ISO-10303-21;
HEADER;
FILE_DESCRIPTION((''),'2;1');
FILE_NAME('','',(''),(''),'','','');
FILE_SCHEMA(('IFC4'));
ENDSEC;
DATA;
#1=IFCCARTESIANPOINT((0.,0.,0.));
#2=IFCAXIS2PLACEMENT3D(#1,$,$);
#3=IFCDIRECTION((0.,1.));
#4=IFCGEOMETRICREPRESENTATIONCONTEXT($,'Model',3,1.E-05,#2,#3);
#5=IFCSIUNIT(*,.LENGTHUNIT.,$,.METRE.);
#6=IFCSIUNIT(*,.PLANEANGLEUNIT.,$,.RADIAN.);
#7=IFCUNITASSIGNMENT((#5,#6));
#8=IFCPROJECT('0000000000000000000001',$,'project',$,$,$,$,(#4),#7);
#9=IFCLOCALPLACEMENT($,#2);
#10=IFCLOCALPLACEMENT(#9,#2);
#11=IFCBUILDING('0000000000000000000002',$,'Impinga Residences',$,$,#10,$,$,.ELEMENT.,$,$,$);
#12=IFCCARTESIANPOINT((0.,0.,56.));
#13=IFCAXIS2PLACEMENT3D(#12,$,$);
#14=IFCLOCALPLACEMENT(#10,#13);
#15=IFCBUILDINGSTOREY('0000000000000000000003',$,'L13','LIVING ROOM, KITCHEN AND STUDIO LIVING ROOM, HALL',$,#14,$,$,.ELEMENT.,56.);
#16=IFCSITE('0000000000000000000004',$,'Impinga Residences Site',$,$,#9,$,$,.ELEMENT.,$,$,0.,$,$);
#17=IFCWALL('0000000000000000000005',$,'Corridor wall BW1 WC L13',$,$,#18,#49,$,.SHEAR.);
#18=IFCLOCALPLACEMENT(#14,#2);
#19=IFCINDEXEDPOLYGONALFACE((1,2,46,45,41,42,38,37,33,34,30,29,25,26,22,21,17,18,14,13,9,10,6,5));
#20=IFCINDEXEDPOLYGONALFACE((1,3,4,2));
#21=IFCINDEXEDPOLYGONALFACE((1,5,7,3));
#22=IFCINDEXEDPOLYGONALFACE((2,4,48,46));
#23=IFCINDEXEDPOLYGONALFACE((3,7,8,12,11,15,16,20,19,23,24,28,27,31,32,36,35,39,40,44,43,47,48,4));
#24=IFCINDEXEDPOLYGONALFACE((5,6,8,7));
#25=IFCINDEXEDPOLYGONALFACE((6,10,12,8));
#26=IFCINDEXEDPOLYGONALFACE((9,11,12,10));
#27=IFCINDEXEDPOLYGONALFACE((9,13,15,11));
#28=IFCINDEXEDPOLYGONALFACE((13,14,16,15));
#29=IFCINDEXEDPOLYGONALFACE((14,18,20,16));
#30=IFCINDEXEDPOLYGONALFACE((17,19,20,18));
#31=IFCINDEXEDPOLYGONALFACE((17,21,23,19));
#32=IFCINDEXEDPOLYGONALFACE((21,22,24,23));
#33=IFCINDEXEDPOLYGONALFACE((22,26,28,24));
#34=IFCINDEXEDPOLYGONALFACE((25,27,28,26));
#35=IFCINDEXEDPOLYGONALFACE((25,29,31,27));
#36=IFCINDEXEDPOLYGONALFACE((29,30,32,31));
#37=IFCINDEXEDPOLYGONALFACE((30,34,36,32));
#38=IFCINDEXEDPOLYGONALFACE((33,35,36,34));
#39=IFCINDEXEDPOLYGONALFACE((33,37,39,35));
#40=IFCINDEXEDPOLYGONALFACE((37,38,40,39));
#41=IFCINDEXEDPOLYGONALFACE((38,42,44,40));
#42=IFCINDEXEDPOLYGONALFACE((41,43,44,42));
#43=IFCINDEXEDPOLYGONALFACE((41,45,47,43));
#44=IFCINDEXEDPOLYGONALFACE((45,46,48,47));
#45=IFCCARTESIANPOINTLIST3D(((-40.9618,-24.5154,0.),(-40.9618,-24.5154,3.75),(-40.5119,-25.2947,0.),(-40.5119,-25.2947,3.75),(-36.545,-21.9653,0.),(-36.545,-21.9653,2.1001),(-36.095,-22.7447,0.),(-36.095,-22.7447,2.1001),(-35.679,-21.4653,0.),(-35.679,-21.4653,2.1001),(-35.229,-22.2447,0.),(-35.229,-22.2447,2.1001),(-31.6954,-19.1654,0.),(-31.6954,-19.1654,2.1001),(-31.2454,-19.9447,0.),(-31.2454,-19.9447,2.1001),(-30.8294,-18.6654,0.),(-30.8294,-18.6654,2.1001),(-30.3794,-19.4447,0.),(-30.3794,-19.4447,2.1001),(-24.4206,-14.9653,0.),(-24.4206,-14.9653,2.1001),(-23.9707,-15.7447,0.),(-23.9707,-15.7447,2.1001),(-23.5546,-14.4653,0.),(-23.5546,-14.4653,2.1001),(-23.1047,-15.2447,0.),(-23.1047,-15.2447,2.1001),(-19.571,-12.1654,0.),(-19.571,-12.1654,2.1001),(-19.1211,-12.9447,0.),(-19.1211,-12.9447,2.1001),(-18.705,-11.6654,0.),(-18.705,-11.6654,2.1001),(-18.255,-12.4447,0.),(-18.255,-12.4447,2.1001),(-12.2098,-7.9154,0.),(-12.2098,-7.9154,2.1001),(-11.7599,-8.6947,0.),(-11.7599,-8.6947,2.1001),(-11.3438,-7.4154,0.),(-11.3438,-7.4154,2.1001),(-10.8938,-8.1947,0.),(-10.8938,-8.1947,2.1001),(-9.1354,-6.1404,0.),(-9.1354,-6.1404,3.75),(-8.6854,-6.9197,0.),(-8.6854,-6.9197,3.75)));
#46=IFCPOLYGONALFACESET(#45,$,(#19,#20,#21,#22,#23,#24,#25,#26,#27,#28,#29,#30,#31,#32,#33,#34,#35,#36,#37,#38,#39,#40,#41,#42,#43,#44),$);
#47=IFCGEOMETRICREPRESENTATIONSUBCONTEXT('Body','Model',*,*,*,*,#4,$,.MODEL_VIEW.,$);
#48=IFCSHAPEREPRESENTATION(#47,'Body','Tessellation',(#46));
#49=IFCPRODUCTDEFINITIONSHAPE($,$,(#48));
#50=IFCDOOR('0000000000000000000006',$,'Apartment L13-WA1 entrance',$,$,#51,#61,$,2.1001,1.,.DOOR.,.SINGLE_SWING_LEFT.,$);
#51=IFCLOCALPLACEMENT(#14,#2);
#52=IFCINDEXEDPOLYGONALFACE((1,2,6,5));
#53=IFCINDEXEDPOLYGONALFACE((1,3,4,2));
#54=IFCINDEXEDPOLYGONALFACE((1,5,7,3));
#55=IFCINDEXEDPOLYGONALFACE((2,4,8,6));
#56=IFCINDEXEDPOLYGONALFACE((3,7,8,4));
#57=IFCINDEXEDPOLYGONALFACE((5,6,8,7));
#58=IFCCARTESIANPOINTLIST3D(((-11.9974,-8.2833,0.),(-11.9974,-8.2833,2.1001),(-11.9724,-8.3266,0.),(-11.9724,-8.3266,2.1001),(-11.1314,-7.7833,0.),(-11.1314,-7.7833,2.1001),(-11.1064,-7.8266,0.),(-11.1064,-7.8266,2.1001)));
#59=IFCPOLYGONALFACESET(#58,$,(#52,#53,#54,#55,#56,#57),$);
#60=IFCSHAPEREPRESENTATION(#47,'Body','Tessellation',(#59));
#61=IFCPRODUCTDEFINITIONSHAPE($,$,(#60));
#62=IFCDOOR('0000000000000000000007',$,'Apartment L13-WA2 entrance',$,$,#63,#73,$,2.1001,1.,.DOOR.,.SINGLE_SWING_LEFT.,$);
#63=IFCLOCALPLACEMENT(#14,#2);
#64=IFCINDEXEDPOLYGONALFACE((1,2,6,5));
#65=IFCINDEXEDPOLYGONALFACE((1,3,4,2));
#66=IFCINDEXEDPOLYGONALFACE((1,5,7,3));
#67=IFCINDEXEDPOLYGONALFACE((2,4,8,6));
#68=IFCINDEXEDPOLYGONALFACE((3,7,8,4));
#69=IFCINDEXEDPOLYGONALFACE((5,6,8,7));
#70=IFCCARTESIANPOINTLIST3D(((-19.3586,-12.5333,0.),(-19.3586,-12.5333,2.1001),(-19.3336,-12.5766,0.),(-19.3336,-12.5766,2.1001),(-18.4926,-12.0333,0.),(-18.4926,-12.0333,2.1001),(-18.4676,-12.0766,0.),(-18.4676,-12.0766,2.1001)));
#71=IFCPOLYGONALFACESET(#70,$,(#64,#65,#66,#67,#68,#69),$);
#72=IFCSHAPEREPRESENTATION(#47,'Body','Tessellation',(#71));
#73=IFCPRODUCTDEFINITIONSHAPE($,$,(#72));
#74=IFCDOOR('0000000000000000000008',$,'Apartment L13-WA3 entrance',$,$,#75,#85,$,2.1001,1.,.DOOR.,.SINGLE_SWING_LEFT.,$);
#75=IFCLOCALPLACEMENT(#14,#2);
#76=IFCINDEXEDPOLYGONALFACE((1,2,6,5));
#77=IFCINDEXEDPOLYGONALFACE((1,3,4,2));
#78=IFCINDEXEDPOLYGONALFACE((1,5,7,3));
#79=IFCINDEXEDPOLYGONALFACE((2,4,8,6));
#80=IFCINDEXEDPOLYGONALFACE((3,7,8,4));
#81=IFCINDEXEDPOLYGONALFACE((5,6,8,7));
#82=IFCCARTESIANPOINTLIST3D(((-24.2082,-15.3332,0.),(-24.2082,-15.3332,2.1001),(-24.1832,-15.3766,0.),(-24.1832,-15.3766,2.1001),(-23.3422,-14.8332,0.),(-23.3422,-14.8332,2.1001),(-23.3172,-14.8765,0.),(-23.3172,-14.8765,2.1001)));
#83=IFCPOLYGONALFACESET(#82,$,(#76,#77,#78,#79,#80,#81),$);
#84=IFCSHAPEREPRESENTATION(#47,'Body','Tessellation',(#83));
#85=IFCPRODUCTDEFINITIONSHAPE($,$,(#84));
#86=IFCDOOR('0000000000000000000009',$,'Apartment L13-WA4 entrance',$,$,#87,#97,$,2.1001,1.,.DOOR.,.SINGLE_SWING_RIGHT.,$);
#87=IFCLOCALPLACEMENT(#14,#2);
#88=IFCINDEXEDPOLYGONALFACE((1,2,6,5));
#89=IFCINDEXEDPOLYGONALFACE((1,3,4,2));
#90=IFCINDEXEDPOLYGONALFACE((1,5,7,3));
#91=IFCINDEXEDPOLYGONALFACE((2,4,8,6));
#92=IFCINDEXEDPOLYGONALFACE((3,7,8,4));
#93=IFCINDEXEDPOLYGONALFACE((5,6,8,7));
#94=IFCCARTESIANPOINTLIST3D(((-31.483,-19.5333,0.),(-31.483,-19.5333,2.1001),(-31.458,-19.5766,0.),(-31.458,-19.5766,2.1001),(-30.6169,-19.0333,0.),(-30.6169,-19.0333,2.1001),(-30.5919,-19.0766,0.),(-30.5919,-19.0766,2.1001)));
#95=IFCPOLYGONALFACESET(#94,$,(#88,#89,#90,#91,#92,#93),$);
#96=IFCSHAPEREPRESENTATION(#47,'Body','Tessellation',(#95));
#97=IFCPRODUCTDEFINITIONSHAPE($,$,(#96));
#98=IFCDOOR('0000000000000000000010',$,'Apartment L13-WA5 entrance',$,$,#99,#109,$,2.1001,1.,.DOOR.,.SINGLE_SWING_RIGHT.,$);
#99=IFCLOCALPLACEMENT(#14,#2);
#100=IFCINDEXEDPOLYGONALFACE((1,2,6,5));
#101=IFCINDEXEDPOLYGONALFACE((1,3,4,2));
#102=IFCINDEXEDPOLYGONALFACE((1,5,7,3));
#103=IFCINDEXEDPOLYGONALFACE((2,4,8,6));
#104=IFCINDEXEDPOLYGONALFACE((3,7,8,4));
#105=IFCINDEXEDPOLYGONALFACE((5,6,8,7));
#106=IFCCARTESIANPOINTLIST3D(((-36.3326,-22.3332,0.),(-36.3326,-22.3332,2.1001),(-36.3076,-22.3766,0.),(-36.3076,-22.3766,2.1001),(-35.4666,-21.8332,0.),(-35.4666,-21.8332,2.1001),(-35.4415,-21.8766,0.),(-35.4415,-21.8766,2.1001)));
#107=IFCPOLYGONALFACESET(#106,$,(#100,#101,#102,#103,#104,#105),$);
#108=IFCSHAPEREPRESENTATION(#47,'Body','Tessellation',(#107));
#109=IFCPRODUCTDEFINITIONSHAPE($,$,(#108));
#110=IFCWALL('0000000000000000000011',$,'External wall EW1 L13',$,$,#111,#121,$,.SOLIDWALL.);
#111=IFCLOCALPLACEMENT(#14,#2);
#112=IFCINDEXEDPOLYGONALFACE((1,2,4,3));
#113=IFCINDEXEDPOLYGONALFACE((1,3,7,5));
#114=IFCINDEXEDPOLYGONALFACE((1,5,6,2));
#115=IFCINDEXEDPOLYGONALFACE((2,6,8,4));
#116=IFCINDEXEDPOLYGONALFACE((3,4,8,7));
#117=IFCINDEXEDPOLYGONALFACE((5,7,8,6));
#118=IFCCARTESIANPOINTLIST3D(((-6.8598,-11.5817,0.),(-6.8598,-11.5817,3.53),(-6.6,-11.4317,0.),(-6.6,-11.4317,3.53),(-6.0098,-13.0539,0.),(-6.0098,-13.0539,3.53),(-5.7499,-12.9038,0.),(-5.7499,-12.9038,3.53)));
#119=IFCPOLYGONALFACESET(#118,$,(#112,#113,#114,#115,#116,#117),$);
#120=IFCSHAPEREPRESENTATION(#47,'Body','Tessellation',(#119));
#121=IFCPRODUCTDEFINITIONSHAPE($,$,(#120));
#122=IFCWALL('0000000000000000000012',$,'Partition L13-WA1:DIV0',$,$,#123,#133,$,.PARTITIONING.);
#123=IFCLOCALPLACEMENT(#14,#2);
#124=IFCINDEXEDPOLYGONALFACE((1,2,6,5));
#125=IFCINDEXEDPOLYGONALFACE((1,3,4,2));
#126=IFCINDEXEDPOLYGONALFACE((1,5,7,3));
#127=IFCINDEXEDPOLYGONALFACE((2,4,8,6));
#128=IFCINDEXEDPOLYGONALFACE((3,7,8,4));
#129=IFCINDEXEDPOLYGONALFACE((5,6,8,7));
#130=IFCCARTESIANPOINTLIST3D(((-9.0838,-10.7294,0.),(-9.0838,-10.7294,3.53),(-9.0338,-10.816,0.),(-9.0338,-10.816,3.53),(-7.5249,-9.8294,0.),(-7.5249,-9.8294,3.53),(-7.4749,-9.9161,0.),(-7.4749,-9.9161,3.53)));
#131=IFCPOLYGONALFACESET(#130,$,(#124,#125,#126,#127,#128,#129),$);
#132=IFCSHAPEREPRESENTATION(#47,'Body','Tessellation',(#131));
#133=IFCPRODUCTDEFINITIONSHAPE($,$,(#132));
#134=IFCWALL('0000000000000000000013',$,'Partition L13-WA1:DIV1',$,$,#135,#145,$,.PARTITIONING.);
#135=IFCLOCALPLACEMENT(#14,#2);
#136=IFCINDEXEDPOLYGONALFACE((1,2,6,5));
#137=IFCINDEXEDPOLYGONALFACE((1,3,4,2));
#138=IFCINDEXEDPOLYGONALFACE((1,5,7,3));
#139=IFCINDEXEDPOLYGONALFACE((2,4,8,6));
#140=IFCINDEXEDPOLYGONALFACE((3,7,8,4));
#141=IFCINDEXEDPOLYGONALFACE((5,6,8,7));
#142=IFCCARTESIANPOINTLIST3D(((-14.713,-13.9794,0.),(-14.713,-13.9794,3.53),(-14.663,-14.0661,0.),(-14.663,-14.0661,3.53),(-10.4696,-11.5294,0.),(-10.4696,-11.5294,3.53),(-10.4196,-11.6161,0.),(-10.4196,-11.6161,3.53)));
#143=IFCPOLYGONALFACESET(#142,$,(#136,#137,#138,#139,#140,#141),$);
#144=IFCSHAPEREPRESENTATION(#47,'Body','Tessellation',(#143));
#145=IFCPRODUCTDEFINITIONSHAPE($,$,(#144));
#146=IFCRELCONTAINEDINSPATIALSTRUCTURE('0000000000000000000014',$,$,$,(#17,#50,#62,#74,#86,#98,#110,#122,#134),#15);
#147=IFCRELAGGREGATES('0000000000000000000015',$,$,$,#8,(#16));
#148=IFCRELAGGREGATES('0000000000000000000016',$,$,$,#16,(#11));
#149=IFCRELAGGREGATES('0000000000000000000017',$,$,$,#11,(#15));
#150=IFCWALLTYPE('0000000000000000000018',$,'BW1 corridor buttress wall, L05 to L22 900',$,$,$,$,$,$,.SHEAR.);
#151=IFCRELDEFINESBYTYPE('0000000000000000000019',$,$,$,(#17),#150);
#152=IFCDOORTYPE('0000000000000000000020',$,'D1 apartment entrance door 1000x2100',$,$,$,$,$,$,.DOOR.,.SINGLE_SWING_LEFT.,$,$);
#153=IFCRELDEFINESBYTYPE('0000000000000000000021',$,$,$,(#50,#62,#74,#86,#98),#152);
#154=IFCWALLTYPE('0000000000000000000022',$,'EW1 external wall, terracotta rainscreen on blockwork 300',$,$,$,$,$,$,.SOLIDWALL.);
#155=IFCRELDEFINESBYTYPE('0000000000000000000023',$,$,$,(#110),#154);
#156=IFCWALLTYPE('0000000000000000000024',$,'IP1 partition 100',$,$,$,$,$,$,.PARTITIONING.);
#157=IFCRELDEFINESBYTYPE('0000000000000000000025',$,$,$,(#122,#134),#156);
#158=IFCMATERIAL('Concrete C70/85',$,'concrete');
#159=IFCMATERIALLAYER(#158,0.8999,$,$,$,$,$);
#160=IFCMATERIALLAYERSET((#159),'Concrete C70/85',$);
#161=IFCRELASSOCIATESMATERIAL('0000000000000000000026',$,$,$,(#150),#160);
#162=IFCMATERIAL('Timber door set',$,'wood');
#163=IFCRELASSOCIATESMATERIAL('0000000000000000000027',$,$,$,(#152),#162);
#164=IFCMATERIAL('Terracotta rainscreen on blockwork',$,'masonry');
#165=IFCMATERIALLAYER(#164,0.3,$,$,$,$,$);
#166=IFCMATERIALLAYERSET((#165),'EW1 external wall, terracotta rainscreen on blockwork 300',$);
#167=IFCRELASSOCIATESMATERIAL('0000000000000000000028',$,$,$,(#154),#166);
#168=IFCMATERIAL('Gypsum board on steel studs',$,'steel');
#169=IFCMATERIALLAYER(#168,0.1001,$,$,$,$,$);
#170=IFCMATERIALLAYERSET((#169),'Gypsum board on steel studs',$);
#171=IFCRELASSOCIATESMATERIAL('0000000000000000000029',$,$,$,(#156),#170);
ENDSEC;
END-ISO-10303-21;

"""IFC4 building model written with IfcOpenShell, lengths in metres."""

from ifc_helpers import new_model, si_unit, direction, frame, frame_2d, origin, place, context, subcontext, project, spatial, rectangle, extrude, material, layer, layer_set, type_object, element, fill, save


model = new_model("IFC4")

# Units and contexts
model_context = context("Model", 3, precision=1e-05, world=origin(), true_north=direction((0.0, 1.0)))
body_context = subcontext(model_context, "Body", "Model", "MODEL_VIEW")
ifc_project = project(units=[si_unit("LENGTHUNIT", "METRE"), si_unit("PLANEANGLEUNIT", "RADIAN")], contexts=[model_context])

# Site, building, storey
site_placement = place(None, origin())
site = spatial("IfcSite", under=ifc_project, at=site_placement, Name="Impinga Residences Site", CompositionType="ELEMENT", RefElevation=0.0)
building_placement = place(site_placement, origin())
building = spatial("IfcBuilding", under=site, at=building_placement, Name="Impinga Residences", CompositionType="ELEMENT")
storey_placement = place(building_placement, frame((0.0, 0.0, 56.0)))
storey = spatial("IfcBuildingStorey", under=building, at=storey_placement, Name="L13", Description="LIVING ROOM, KITCHEN AND STUDIO LIVING ROOM, HALL", CompositionType="ELEMENT", Elevation=56.0)

# Wall, openings, doors
ifc_material_1 = material(Name="Concrete C70/85", Category="concrete")
ifc_layer_1 = layer(ifc_material_1, 0.8999)
ifc_layer_set_1 = layer_set([ifc_layer_1], Name="Concrete C70/85")
wall_type_1 = type_object("IfcWallType", Name="BW1 corridor buttress wall, L05 to L22 900", PredefinedType="SHEAR", material=ifc_layer_set_1)
wall_1_placement = place(storey_placement, frame((-8.9104, -6.53, 0.0), z_axis=(0.0, 0.0, 1.0), x_axis=(-0.866025, -0.5, 0.0)))
wall_1 = element("IfcWall", 1, at=wall_1_placement, inside=storey, type_object=wall_type_1, Name="Corridor wall BW1 WC L13", PredefinedType="SHEAR", context=body_context, shape_type="SweptSolid", body=[
    extrude(rectangle(XDim=36.75, YDim=0.8999, at=frame_2d((18.375, 0.0))), origin(), (0.0, 0.0, 1.0), 3.75),
])
opening_1_placement = place(wall_1_placement, frame((2.55, 0.0, 0.0)))
opening_1 = element("IfcOpeningElement", 2, at=opening_1_placement, cuts=wall_1, PredefinedType="OPENING", context=body_context, shape_type="SweptSolid", body=[
    extrude(rectangle(XDim=1.0, YDim=2.1001, at=frame_2d((0.5, 1.05))), frame((0.0, 0.46, 0.0), z_axis=(0.0, -1.0, 0.0), x_axis=(1.0, 0.0, 0.0)), (0.0, 0.0, 1.0), 0.9199),
])
opening_2_placement = place(wall_1_placement, frame((11.05, 0.0, 0.0)))
opening_2 = element("IfcOpeningElement", 3, at=opening_2_placement, cuts=wall_1, PredefinedType="OPENING", context=body_context, shape_type="SweptSolid", body=[
    extrude(rectangle(XDim=1.0, YDim=2.1001, at=frame_2d((0.5, 1.05))), frame((0.0, 0.46, 0.0), z_axis=(0.0, -1.0, 0.0), x_axis=(1.0, 0.0, 0.0)), (0.0, 0.0, 1.0), 0.9199),
])
opening_3_placement = place(wall_1_placement, frame((16.6499, 0.0, 0.0)))
opening_3 = element("IfcOpeningElement", 4, at=opening_3_placement, cuts=wall_1, PredefinedType="OPENING", context=body_context, shape_type="SweptSolid", body=[
    extrude(rectangle(XDim=1.0, YDim=2.1001, at=frame_2d((0.5, 1.05))), frame((0.0, 0.46, 0.0), z_axis=(0.0, -1.0, 0.0), x_axis=(1.0, 0.0, 0.0)), (0.0, 0.0, 1.0), 0.9199),
])
opening_4_placement = place(wall_1_placement, frame((25.05, 0.0, 0.0)))
opening_4 = element("IfcOpeningElement", 5, at=opening_4_placement, cuts=wall_1, PredefinedType="OPENING", context=body_context, shape_type="SweptSolid", body=[
    extrude(rectangle(XDim=1.0, YDim=2.1001, at=frame_2d((0.5, 1.05))), frame((0.0, 0.46, 0.0), z_axis=(0.0, -1.0, 0.0), x_axis=(1.0, 0.0, 0.0)), (0.0, 0.0, 1.0), 0.9199),
])
opening_5_placement = place(wall_1_placement, frame((30.6499, 0.0, 0.0)))
opening_5 = element("IfcOpeningElement", 6, at=opening_5_placement, cuts=wall_1, PredefinedType="OPENING", context=body_context, shape_type="SweptSolid", body=[
    extrude(rectangle(XDim=1.0, YDim=2.1001, at=frame_2d((0.5, 1.05))), frame((0.0, 0.46, 0.0), z_axis=(0.0, -1.0, 0.0), x_axis=(1.0, 0.0, 0.0)), (0.0, 0.0, 1.0), 0.9199),
])
ifc_material_2 = material(Name="Timber door set", Category="wood")
door_type_1 = type_object("IfcDoorType", Name="D1 apartment entrance door 1000x2100", OperationType="SINGLE_SWING_LEFT", PredefinedType="DOOR", material=ifc_material_2)
door_1_placement = place(opening_1_placement, origin())
door_1 = element("IfcDoor", 7, at=door_1_placement, inside=storey, type_object=door_type_1, Name="Apartment L13-WA1 entrance", OperationType="SINGLE_SWING_LEFT", OverallHeight=2.1001, OverallWidth=1.0, PredefinedType="DOOR", context=body_context, shape_type="SweptSolid", body=[
    extrude(rectangle(XDim=1.0, YDim=2.1001, at=frame_2d((0.5, 1.05))), frame((0.0, 0.0249, 0.0), z_axis=(0.0, -1.0, 0.0), x_axis=(1.0, 0.0, 0.0)), (0.0, 0.0, 1.0), 0.05),
])
fill(opening_1, door_1)
door_2_placement = place(opening_2_placement, origin())
door_2 = element("IfcDoor", 8, at=door_2_placement, inside=storey, type_object=door_type_1, Name="Apartment L13-WA2 entrance", OperationType="SINGLE_SWING_LEFT", OverallHeight=2.1001, OverallWidth=1.0, PredefinedType="DOOR", context=body_context, shape_type="SweptSolid", body=[
    extrude(rectangle(XDim=1.0, YDim=2.1001, at=frame_2d((0.5, 1.05))), frame((0.0, 0.0249, 0.0), z_axis=(0.0, -1.0, 0.0), x_axis=(1.0, 0.0, 0.0)), (0.0, 0.0, 1.0), 0.05),
])
fill(opening_2, door_2)
door_3_placement = place(opening_3_placement, origin())
door_3 = element("IfcDoor", 9, at=door_3_placement, inside=storey, type_object=door_type_1, Name="Apartment L13-WA3 entrance", OperationType="SINGLE_SWING_LEFT", OverallHeight=2.1001, OverallWidth=1.0, PredefinedType="DOOR", context=body_context, shape_type="SweptSolid", body=[
    extrude(rectangle(XDim=1.0, YDim=2.1001, at=frame_2d((0.5, 1.05))), frame((0.0, 0.0249, 0.0), z_axis=(0.0, -1.0, 0.0), x_axis=(1.0, 0.0, 0.0)), (0.0, 0.0, 1.0), 0.05),
])
fill(opening_3, door_3)
door_4_placement = place(opening_4_placement, origin())
door_4 = element("IfcDoor", 10, at=door_4_placement, inside=storey, type_object=door_type_1, Name="Apartment L13-WA4 entrance", OperationType="SINGLE_SWING_RIGHT", OverallHeight=2.1001, OverallWidth=1.0, PredefinedType="DOOR", context=body_context, shape_type="SweptSolid", body=[
    extrude(rectangle(XDim=1.0, YDim=2.1001, at=frame_2d((0.5, 1.05))), frame((0.0, 0.0249, 0.0), z_axis=(0.0, -1.0, 0.0), x_axis=(1.0, 0.0, 0.0)), (0.0, 0.0, 1.0), 0.05),
])
fill(opening_4, door_4)
door_5_placement = place(opening_5_placement, origin())
door_5 = element("IfcDoor", 11, at=door_5_placement, inside=storey, type_object=door_type_1, Name="Apartment L13-WA5 entrance", OperationType="SINGLE_SWING_RIGHT", OverallHeight=2.1001, OverallWidth=1.0, PredefinedType="DOOR", context=body_context, shape_type="SweptSolid", body=[
    extrude(rectangle(XDim=1.0, YDim=2.1001, at=frame_2d((0.5, 1.05))), frame((0.0, 0.0249, 0.0), z_axis=(0.0, -1.0, 0.0), x_axis=(1.0, 0.0, 0.0)), (0.0, 0.0, 1.0), 0.05),
])
fill(opening_5, door_5)

# Walls
ifc_material_3 = material(Name="Terracotta rainscreen on blockwork", Category="masonry")
ifc_layer_2 = layer(ifc_material_3, 0.3)
ifc_layer_set_2 = layer_set([ifc_layer_2], Name="EW1 external wall, terracotta rainscreen on blockwork 300")
wall_type_2 = type_object("IfcWallType", Name="EW1 external wall, terracotta rainscreen on blockwork 300", PredefinedType="SOLIDWALL", material=ifc_layer_set_2)
wall_2_placement = place(storey_placement, frame((-6.73, -11.5066, 0.0), z_axis=(0.0, 0.0, 1.0), x_axis=(0.500062, -0.865989, 0.0)))
element("IfcWall", 12, at=wall_2_placement, inside=storey, type_object=wall_type_2, Name="External wall EW1 L13", PredefinedType="SOLIDWALL", context=body_context, shape_type="SweptSolid", body=[
    extrude(rectangle(XDim=1.7, YDim=0.3, at=frame_2d((0.8501, 0.0))), origin(), (0.0, 0.0, 1.0), 3.53),
])
ifc_material_4 = material(Name="Gypsum board on steel studs", Category="steel")
ifc_layer_3 = layer(ifc_material_4, 0.1001)
ifc_layer_set_3 = layer_set([ifc_layer_3], Name="Gypsum board on steel studs")
wall_type_3 = type_object("IfcWallType", Name="IP1 partition 100", PredefinedType="PARTITIONING", material=ifc_layer_set_3)
wall_3_placement = place(storey_placement, frame((-7.5, -9.8728, 0.0), z_axis=(0.0, 0.0, 1.0), x_axis=(-0.866048, -0.499961, 0.0)))
element("IfcWall", 13, at=wall_3_placement, inside=storey, type_object=wall_type_3, Name="Partition L13-WA1:DIV0", PredefinedType="PARTITIONING", context=body_context, shape_type="SweptSolid", body=[
    extrude(rectangle(XDim=1.8, YDim=0.1001, at=frame_2d((0.8999, 0.0))), origin(), (0.0, 0.0, 1.0), 3.53),
])
wall_4_placement = place(storey_placement, frame((-10.4446, -11.5728, 0.0), z_axis=(0.0, 0.0, 1.0), x_axis=(-0.866024, -0.500003, 0.0)))
element("IfcWall", 14, at=wall_4_placement, inside=storey, type_object=wall_type_3, Name="Partition L13-WA1:DIV1", PredefinedType="PARTITIONING", context=body_context, shape_type="SweptSolid", body=[
    extrude(rectangle(XDim=4.8999, YDim=0.1001, at=frame_2d((2.45, 0.0))), origin(), (0.0, 0.0, 1.0), 3.53),
])

save(model, "model.ifc")
